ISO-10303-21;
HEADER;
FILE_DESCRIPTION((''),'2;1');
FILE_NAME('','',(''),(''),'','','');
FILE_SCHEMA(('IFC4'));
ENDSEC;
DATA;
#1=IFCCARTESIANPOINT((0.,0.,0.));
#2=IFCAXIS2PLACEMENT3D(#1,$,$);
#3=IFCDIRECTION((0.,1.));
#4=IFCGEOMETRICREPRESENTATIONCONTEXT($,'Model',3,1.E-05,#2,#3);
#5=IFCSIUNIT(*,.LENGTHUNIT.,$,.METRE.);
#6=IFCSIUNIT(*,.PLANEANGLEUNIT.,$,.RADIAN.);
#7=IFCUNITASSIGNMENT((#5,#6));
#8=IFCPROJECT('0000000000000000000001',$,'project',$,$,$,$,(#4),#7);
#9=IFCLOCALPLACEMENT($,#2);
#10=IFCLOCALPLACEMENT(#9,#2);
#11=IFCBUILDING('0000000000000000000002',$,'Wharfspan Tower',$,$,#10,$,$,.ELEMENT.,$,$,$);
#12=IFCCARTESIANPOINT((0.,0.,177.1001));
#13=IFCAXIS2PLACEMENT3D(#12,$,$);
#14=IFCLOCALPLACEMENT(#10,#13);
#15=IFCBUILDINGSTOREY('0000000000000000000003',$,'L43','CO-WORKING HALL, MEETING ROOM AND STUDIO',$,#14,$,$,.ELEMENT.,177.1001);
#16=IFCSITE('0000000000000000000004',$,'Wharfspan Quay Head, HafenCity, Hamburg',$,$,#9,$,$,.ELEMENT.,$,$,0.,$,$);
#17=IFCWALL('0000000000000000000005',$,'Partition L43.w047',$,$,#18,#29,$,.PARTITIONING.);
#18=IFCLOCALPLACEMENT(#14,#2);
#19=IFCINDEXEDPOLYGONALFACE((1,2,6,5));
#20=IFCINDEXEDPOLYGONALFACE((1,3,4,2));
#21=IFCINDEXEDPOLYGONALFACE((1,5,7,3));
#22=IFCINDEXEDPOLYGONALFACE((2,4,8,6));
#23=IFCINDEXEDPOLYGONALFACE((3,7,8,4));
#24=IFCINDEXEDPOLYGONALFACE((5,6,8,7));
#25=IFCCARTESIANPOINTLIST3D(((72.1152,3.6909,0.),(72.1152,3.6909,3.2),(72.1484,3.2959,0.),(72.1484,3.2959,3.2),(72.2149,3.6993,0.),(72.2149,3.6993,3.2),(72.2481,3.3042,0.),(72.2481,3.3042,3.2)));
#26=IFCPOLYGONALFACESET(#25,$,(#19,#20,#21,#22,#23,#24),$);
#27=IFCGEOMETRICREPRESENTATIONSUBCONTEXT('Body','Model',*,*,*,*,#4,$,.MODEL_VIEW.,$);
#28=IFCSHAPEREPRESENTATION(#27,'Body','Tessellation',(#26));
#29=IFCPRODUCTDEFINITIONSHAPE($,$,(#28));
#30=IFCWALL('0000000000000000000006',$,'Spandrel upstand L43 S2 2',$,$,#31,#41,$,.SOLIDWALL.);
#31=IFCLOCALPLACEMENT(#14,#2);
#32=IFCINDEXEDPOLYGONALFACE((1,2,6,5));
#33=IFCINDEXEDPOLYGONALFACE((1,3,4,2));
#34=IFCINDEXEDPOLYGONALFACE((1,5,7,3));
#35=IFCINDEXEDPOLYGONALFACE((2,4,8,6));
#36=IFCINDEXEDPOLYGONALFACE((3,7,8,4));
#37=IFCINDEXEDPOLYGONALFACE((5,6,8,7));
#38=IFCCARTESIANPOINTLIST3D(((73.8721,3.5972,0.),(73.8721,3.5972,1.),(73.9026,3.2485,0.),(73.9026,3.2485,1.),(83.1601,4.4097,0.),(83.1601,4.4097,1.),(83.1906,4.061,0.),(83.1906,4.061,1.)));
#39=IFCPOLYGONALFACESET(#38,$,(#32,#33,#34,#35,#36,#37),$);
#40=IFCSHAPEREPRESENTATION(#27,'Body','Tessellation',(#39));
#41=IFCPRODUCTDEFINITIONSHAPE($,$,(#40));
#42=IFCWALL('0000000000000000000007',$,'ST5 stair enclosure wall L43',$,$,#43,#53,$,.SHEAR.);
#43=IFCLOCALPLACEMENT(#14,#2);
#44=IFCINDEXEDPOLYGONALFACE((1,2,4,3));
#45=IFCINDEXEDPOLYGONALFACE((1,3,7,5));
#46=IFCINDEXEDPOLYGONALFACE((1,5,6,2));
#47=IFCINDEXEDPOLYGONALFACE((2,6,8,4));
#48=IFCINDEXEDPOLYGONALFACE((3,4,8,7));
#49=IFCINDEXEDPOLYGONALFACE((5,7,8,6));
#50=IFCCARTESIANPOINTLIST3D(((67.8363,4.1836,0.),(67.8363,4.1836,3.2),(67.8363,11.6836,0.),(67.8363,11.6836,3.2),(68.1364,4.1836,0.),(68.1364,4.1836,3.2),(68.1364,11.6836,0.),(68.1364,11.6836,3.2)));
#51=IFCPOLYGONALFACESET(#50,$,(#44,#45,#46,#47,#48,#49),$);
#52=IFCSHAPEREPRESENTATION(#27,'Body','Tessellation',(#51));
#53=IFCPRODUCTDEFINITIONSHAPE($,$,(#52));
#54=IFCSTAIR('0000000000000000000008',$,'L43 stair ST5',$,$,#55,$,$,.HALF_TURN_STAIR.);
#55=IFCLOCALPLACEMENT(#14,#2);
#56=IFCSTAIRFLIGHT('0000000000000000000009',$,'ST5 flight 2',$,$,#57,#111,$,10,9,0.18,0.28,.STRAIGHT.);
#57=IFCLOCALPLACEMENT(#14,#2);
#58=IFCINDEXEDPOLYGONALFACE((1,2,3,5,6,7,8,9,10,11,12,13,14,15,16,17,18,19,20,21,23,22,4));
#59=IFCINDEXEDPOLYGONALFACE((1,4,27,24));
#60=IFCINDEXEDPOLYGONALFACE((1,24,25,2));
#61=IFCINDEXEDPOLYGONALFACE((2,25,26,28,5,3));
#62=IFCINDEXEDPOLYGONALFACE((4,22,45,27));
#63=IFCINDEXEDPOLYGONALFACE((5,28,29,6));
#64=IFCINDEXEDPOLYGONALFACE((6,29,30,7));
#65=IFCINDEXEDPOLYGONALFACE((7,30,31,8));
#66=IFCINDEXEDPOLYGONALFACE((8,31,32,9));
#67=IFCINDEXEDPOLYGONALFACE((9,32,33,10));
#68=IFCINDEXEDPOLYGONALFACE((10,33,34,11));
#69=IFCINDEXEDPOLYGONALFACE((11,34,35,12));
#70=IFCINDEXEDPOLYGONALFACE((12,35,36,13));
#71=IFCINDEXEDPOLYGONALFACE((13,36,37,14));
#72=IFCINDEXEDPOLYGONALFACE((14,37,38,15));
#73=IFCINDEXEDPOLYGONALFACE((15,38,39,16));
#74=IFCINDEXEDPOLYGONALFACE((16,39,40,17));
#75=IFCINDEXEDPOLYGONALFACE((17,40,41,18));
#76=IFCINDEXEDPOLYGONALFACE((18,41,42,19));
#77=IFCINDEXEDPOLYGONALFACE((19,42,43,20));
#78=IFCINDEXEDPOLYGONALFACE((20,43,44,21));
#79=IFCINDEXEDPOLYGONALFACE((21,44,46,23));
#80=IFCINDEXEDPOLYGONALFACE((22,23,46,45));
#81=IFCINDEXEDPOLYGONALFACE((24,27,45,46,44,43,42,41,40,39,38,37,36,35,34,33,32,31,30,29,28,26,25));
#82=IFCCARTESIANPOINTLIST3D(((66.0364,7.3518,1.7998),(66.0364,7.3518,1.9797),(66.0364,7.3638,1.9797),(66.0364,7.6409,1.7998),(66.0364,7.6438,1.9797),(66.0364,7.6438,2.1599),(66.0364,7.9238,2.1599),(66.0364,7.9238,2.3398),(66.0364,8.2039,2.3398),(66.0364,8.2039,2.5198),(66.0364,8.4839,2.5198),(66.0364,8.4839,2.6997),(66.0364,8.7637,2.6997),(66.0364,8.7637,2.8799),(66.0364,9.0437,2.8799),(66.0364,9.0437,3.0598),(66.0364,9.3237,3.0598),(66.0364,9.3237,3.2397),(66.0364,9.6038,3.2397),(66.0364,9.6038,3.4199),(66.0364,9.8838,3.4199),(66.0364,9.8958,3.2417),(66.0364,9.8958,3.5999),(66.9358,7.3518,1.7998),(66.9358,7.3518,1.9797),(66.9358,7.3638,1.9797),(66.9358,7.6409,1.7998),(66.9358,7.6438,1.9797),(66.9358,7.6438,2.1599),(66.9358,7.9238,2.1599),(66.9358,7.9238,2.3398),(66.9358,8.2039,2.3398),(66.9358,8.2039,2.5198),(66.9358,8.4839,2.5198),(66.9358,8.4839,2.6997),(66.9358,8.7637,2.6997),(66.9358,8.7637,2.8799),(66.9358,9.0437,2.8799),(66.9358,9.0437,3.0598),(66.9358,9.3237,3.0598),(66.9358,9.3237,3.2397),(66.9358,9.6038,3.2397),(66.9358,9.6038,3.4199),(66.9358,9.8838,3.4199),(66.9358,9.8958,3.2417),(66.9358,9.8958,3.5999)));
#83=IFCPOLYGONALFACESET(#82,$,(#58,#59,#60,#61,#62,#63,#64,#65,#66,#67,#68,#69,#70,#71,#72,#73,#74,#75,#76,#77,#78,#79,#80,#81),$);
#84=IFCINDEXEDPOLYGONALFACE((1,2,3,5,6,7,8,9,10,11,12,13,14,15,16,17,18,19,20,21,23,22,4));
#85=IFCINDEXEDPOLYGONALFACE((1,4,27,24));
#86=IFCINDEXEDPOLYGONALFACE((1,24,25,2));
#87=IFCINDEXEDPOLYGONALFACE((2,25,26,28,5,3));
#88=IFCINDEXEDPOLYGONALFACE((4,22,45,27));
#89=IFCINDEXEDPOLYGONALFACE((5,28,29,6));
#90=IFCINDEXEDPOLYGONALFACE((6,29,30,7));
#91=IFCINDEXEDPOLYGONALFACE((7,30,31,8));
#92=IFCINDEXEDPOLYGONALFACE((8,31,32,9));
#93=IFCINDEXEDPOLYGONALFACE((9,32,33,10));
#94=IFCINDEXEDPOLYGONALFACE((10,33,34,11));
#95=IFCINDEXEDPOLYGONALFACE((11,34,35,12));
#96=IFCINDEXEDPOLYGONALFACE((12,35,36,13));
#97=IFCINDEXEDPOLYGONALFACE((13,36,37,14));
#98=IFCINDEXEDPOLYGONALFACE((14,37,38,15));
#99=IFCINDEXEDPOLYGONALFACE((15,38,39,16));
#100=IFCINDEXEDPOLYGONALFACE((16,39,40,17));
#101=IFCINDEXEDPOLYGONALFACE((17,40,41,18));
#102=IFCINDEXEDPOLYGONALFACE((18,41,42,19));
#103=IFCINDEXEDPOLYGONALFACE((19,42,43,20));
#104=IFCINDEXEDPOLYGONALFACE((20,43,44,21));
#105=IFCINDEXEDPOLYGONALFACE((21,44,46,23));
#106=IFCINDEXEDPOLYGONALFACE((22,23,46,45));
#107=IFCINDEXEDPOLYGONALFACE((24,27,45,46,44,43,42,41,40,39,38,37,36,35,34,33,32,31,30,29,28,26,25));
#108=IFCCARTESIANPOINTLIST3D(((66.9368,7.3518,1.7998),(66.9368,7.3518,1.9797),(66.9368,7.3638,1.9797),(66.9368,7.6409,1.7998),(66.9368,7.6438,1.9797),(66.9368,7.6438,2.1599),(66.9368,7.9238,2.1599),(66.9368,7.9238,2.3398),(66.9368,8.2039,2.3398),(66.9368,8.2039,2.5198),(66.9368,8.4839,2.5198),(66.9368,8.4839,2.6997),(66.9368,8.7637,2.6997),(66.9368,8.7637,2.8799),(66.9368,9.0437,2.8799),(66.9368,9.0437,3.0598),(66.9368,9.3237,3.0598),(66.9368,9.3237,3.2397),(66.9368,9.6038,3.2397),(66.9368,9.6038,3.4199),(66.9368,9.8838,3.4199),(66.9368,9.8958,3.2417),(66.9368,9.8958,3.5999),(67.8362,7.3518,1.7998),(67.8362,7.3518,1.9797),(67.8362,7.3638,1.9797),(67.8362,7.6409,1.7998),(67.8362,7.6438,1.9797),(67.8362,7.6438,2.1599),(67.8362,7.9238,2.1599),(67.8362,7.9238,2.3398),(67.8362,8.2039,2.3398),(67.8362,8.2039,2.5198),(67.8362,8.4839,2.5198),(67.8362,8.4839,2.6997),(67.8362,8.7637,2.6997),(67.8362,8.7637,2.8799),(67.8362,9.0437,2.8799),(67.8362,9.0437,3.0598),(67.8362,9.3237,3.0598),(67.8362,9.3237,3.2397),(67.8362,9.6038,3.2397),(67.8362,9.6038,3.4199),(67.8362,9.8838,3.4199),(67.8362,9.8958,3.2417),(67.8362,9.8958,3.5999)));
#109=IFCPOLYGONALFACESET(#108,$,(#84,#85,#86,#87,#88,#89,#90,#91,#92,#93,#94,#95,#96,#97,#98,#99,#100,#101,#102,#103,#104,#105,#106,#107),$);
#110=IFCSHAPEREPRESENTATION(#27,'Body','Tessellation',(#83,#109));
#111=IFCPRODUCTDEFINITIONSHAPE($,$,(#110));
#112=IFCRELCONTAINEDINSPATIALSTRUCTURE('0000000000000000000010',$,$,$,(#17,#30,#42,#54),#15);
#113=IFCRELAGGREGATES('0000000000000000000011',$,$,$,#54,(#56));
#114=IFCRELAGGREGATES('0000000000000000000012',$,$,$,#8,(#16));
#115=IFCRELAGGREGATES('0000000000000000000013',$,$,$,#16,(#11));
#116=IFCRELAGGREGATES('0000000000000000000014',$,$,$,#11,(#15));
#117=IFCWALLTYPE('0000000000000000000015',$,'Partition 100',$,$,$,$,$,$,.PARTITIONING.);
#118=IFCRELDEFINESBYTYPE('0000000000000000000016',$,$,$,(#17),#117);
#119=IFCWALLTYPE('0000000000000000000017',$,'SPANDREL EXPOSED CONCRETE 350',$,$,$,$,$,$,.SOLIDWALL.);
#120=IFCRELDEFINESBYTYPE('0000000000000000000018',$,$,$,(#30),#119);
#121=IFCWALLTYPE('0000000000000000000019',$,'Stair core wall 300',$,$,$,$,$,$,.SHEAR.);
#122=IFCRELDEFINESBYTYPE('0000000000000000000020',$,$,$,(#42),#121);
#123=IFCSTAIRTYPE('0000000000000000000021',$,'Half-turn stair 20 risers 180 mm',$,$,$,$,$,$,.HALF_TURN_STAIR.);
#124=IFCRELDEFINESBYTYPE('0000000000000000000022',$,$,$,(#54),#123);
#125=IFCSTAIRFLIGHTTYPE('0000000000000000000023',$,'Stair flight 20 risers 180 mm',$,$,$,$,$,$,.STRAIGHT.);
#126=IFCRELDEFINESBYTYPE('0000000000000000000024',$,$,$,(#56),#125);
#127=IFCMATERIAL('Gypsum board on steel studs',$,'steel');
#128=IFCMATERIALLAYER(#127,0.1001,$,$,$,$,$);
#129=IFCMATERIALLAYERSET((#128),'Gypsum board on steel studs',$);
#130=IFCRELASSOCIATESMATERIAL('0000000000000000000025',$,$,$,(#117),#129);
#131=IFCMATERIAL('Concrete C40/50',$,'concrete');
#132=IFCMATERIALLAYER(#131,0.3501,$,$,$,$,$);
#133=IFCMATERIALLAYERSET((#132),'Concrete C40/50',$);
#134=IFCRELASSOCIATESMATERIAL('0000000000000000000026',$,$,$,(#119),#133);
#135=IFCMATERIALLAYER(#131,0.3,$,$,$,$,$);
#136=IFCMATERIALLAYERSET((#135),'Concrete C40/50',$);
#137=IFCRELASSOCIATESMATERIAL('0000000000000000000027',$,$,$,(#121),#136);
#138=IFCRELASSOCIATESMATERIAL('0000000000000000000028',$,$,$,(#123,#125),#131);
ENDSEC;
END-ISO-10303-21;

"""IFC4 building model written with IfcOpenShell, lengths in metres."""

from ifc_helpers import new_model, si_unit, direction, frame, frame_2d, origin, place, context, subcontext, project, spatial, polyline, rectangle, outline, extrude, material, layer, layer_set, type_object, element, aggregate, save


model = new_model("IFC4")

# Units and contexts
model_context = context("Model", 3, precision=1e-05, world=origin(), true_north=direction((0.0, 1.0)))
body_context = subcontext(model_context, "Body", "Model", "MODEL_VIEW")
ifc_project = project(units=[si_unit("LENGTHUNIT", "METRE"), si_unit("PLANEANGLEUNIT", "RADIAN")], contexts=[model_context])

# Site, building, storey
site_placement = place(None, origin())
site = spatial("IfcSite", under=ifc_project, at=site_placement, Name="Wharfspan Quay Head, HafenCity, Hamburg", CompositionType="ELEMENT", RefElevation=0.0)
building_placement = place(site_placement, origin())
building = spatial("IfcBuilding", under=site, at=building_placement, Name="Wharfspan Tower", CompositionType="ELEMENT")
storey_placement = place(building_placement, frame((0.0, 0.0, 177.1001)))
storey = spatial("IfcBuildingStorey", under=building, at=storey_placement, Name="L43", Description="CO-WORKING HALL, MEETING ROOM AND STUDIO", CompositionType="ELEMENT", Elevation=177.1001)

# Walls
ifc_material_1 = material(Name="Gypsum board on steel studs", Category="steel")
ifc_layer_1 = layer(ifc_material_1, 0.1001)
ifc_layer_set_1 = layer_set([ifc_layer_1], Name="Gypsum board on steel studs")
wall_type_1 = type_object("IfcWallType", Name="Partition 100", PredefinedType="PARTITIONING", material=ifc_layer_set_1)
wall_1_placement = place(storey_placement, frame((72.1982, 3.3, 0.0), z_axis=(0.0, 0.0, 1.0), x_axis=(-0.083759, 0.996486, 0.0)))
element("IfcWall", 1, at=wall_1_placement, inside=storey, type_object=wall_type_1, Name="Partition L43.w047", PredefinedType="PARTITIONING", context=body_context, shape_type="SweptSolid", body=[
    extrude(rectangle(XDim=0.3965, YDim=0.1001, at=frame_2d((0.1982, 0.0))), origin(), (0.0, 0.0, 1.0), 3.2),
])
ifc_material_2 = material(Name="Concrete C40/50", Category="concrete")
ifc_layer_2 = layer(ifc_material_2, 0.3501)
ifc_layer_set_2 = layer_set([ifc_layer_2], Name="Concrete C40/50")
wall_type_2 = type_object("IfcWallType", Name="SPANDREL EXPOSED CONCRETE 350", PredefinedType="SOLIDWALL", material=ifc_layer_set_2)
wall_2_placement = place(storey_placement, frame((73.8875, 3.4229, 0.0), z_axis=(0.0, 0.0, 1.0), x_axis=(0.996197, 0.087145, 0.0)))
element("IfcWall", 2, at=wall_2_placement, inside=storey, type_object=wall_type_2, Name="Spandrel upstand L43 S2 2", PredefinedType="SOLIDWALL", context=body_context, shape_type="SweptSolid", body=[
    extrude(rectangle(XDim=9.3235, YDim=0.3501, at=frame_2d((4.6616, 0.0))), origin(), (0.0, 0.0, 1.0), 1.0),
])
ifc_layer_3 = layer(ifc_material_2, 0.3)
ifc_layer_set_3 = layer_set([ifc_layer_3], Name="Concrete C40/50")
wall_type_3 = type_object("IfcWallType", Name="Stair core wall 300", PredefinedType="SHEAR", material=ifc_layer_set_3)
wall_3_placement = place(storey_placement, frame((67.9863, 4.1836, 0.0), z_axis=(0.0, 0.0, 1.0), x_axis=(0.0, 1.0, 0.0)))
element("IfcWall", 3, at=wall_3_placement, inside=storey, type_object=wall_type_3, Name="ST5 stair enclosure wall L43", PredefinedType="SHEAR", context=body_context, shape_type="SweptSolid", body=[
    extrude(rectangle(XDim=7.5, YDim=0.3, at=frame_2d((3.75, 0.0))), origin(), (0.0, 0.0, 1.0), 3.2),
])

# Stair, stair flight
stair_type = type_object("IfcStairType", Name="Half-turn stair 20 risers 180 mm", PredefinedType="HALF_TURN_STAIR", material=ifc_material_2)
stair_placement = place(storey_placement, origin())
stair = element("IfcStair", 4, at=stair_placement, inside=storey, type_object=stair_type, Name="L43 stair ST5", PredefinedType="HALF_TURN_STAIR")
stair_flight_type = type_object("IfcStairFlightType", Name="Stair flight 20 risers 180 mm", PredefinedType="STRAIGHT", material=ifc_material_2)
stair_flight_placement = place(storey_placement, frame((66.9363, 7.3638, 1.7998), z_axis=(0.0, 0.0, 1.0), x_axis=(0.0, 1.0, 0.0)))
stair_flight = element("IfcStairFlight", 5, at=stair_flight_placement, type_object=stair_flight_type, Name="ST5 flight 2", NumberOfRisers=10, NumberOfTreads=9, PredefinedType="STRAIGHT", RiserHeight=0.18, TreadLength=0.28, context=body_context, shape_type="SweptSolid", body=[
    extrude(outline(polyline([(-0.012, 0.0), (-0.012, 0.1799), (0.0, 0.1799), (0.28, 0.1799), (0.28, 0.3601), (0.5601, 0.3601), (0.5601, 0.54), (0.8401, 0.54), (0.8401, 0.72), (1.1201, 0.72), (1.1201, 0.8999), (1.3999, 0.8999), (1.3999, 1.0801), (1.6799, 1.0801), (1.6799, 1.26), (1.96, 1.26), (1.96, 1.4399), (2.24, 1.4399), (2.24, 1.6201), (2.52, 1.6201), (2.532, 1.8), (2.532, 1.4419), (0.2771, 0.0), (-0.012, 0.0)])), frame((0.0, 0.8999, 0.0), z_axis=(0.0, -1.0, 0.0), x_axis=(1.0, 0.0, 0.0)), (0.0, 0.0, 1.0), 0.8994),
    extrude(outline(polyline([(-0.012, 0.0), (-0.012, 0.1799), (0.0, 0.1799), (0.28, 0.1799), (0.28, 0.3601), (0.5601, 0.3601), (0.5601, 0.54), (0.8401, 0.54), (0.8401, 0.72), (1.1201, 0.72), (1.1201, 0.8999), (1.3999, 0.8999), (1.3999, 1.0801), (1.6799, 1.0801), (1.6799, 1.26), (1.96, 1.26), (1.96, 1.4399), (2.24, 1.4399), (2.24, 1.6201), (2.52, 1.6201), (2.532, 1.8), (2.532, 1.4419), (0.2771, 0.0), (-0.012, 0.0)])), frame((0.0, -0.0005, 0.0), z_axis=(0.0, -1.0, 0.0), x_axis=(1.0, 0.0, 0.0)), (0.0, 0.0, 1.0), 0.8994),
])
aggregate(stair, [stair_flight])

save(model, "model.ifc")
